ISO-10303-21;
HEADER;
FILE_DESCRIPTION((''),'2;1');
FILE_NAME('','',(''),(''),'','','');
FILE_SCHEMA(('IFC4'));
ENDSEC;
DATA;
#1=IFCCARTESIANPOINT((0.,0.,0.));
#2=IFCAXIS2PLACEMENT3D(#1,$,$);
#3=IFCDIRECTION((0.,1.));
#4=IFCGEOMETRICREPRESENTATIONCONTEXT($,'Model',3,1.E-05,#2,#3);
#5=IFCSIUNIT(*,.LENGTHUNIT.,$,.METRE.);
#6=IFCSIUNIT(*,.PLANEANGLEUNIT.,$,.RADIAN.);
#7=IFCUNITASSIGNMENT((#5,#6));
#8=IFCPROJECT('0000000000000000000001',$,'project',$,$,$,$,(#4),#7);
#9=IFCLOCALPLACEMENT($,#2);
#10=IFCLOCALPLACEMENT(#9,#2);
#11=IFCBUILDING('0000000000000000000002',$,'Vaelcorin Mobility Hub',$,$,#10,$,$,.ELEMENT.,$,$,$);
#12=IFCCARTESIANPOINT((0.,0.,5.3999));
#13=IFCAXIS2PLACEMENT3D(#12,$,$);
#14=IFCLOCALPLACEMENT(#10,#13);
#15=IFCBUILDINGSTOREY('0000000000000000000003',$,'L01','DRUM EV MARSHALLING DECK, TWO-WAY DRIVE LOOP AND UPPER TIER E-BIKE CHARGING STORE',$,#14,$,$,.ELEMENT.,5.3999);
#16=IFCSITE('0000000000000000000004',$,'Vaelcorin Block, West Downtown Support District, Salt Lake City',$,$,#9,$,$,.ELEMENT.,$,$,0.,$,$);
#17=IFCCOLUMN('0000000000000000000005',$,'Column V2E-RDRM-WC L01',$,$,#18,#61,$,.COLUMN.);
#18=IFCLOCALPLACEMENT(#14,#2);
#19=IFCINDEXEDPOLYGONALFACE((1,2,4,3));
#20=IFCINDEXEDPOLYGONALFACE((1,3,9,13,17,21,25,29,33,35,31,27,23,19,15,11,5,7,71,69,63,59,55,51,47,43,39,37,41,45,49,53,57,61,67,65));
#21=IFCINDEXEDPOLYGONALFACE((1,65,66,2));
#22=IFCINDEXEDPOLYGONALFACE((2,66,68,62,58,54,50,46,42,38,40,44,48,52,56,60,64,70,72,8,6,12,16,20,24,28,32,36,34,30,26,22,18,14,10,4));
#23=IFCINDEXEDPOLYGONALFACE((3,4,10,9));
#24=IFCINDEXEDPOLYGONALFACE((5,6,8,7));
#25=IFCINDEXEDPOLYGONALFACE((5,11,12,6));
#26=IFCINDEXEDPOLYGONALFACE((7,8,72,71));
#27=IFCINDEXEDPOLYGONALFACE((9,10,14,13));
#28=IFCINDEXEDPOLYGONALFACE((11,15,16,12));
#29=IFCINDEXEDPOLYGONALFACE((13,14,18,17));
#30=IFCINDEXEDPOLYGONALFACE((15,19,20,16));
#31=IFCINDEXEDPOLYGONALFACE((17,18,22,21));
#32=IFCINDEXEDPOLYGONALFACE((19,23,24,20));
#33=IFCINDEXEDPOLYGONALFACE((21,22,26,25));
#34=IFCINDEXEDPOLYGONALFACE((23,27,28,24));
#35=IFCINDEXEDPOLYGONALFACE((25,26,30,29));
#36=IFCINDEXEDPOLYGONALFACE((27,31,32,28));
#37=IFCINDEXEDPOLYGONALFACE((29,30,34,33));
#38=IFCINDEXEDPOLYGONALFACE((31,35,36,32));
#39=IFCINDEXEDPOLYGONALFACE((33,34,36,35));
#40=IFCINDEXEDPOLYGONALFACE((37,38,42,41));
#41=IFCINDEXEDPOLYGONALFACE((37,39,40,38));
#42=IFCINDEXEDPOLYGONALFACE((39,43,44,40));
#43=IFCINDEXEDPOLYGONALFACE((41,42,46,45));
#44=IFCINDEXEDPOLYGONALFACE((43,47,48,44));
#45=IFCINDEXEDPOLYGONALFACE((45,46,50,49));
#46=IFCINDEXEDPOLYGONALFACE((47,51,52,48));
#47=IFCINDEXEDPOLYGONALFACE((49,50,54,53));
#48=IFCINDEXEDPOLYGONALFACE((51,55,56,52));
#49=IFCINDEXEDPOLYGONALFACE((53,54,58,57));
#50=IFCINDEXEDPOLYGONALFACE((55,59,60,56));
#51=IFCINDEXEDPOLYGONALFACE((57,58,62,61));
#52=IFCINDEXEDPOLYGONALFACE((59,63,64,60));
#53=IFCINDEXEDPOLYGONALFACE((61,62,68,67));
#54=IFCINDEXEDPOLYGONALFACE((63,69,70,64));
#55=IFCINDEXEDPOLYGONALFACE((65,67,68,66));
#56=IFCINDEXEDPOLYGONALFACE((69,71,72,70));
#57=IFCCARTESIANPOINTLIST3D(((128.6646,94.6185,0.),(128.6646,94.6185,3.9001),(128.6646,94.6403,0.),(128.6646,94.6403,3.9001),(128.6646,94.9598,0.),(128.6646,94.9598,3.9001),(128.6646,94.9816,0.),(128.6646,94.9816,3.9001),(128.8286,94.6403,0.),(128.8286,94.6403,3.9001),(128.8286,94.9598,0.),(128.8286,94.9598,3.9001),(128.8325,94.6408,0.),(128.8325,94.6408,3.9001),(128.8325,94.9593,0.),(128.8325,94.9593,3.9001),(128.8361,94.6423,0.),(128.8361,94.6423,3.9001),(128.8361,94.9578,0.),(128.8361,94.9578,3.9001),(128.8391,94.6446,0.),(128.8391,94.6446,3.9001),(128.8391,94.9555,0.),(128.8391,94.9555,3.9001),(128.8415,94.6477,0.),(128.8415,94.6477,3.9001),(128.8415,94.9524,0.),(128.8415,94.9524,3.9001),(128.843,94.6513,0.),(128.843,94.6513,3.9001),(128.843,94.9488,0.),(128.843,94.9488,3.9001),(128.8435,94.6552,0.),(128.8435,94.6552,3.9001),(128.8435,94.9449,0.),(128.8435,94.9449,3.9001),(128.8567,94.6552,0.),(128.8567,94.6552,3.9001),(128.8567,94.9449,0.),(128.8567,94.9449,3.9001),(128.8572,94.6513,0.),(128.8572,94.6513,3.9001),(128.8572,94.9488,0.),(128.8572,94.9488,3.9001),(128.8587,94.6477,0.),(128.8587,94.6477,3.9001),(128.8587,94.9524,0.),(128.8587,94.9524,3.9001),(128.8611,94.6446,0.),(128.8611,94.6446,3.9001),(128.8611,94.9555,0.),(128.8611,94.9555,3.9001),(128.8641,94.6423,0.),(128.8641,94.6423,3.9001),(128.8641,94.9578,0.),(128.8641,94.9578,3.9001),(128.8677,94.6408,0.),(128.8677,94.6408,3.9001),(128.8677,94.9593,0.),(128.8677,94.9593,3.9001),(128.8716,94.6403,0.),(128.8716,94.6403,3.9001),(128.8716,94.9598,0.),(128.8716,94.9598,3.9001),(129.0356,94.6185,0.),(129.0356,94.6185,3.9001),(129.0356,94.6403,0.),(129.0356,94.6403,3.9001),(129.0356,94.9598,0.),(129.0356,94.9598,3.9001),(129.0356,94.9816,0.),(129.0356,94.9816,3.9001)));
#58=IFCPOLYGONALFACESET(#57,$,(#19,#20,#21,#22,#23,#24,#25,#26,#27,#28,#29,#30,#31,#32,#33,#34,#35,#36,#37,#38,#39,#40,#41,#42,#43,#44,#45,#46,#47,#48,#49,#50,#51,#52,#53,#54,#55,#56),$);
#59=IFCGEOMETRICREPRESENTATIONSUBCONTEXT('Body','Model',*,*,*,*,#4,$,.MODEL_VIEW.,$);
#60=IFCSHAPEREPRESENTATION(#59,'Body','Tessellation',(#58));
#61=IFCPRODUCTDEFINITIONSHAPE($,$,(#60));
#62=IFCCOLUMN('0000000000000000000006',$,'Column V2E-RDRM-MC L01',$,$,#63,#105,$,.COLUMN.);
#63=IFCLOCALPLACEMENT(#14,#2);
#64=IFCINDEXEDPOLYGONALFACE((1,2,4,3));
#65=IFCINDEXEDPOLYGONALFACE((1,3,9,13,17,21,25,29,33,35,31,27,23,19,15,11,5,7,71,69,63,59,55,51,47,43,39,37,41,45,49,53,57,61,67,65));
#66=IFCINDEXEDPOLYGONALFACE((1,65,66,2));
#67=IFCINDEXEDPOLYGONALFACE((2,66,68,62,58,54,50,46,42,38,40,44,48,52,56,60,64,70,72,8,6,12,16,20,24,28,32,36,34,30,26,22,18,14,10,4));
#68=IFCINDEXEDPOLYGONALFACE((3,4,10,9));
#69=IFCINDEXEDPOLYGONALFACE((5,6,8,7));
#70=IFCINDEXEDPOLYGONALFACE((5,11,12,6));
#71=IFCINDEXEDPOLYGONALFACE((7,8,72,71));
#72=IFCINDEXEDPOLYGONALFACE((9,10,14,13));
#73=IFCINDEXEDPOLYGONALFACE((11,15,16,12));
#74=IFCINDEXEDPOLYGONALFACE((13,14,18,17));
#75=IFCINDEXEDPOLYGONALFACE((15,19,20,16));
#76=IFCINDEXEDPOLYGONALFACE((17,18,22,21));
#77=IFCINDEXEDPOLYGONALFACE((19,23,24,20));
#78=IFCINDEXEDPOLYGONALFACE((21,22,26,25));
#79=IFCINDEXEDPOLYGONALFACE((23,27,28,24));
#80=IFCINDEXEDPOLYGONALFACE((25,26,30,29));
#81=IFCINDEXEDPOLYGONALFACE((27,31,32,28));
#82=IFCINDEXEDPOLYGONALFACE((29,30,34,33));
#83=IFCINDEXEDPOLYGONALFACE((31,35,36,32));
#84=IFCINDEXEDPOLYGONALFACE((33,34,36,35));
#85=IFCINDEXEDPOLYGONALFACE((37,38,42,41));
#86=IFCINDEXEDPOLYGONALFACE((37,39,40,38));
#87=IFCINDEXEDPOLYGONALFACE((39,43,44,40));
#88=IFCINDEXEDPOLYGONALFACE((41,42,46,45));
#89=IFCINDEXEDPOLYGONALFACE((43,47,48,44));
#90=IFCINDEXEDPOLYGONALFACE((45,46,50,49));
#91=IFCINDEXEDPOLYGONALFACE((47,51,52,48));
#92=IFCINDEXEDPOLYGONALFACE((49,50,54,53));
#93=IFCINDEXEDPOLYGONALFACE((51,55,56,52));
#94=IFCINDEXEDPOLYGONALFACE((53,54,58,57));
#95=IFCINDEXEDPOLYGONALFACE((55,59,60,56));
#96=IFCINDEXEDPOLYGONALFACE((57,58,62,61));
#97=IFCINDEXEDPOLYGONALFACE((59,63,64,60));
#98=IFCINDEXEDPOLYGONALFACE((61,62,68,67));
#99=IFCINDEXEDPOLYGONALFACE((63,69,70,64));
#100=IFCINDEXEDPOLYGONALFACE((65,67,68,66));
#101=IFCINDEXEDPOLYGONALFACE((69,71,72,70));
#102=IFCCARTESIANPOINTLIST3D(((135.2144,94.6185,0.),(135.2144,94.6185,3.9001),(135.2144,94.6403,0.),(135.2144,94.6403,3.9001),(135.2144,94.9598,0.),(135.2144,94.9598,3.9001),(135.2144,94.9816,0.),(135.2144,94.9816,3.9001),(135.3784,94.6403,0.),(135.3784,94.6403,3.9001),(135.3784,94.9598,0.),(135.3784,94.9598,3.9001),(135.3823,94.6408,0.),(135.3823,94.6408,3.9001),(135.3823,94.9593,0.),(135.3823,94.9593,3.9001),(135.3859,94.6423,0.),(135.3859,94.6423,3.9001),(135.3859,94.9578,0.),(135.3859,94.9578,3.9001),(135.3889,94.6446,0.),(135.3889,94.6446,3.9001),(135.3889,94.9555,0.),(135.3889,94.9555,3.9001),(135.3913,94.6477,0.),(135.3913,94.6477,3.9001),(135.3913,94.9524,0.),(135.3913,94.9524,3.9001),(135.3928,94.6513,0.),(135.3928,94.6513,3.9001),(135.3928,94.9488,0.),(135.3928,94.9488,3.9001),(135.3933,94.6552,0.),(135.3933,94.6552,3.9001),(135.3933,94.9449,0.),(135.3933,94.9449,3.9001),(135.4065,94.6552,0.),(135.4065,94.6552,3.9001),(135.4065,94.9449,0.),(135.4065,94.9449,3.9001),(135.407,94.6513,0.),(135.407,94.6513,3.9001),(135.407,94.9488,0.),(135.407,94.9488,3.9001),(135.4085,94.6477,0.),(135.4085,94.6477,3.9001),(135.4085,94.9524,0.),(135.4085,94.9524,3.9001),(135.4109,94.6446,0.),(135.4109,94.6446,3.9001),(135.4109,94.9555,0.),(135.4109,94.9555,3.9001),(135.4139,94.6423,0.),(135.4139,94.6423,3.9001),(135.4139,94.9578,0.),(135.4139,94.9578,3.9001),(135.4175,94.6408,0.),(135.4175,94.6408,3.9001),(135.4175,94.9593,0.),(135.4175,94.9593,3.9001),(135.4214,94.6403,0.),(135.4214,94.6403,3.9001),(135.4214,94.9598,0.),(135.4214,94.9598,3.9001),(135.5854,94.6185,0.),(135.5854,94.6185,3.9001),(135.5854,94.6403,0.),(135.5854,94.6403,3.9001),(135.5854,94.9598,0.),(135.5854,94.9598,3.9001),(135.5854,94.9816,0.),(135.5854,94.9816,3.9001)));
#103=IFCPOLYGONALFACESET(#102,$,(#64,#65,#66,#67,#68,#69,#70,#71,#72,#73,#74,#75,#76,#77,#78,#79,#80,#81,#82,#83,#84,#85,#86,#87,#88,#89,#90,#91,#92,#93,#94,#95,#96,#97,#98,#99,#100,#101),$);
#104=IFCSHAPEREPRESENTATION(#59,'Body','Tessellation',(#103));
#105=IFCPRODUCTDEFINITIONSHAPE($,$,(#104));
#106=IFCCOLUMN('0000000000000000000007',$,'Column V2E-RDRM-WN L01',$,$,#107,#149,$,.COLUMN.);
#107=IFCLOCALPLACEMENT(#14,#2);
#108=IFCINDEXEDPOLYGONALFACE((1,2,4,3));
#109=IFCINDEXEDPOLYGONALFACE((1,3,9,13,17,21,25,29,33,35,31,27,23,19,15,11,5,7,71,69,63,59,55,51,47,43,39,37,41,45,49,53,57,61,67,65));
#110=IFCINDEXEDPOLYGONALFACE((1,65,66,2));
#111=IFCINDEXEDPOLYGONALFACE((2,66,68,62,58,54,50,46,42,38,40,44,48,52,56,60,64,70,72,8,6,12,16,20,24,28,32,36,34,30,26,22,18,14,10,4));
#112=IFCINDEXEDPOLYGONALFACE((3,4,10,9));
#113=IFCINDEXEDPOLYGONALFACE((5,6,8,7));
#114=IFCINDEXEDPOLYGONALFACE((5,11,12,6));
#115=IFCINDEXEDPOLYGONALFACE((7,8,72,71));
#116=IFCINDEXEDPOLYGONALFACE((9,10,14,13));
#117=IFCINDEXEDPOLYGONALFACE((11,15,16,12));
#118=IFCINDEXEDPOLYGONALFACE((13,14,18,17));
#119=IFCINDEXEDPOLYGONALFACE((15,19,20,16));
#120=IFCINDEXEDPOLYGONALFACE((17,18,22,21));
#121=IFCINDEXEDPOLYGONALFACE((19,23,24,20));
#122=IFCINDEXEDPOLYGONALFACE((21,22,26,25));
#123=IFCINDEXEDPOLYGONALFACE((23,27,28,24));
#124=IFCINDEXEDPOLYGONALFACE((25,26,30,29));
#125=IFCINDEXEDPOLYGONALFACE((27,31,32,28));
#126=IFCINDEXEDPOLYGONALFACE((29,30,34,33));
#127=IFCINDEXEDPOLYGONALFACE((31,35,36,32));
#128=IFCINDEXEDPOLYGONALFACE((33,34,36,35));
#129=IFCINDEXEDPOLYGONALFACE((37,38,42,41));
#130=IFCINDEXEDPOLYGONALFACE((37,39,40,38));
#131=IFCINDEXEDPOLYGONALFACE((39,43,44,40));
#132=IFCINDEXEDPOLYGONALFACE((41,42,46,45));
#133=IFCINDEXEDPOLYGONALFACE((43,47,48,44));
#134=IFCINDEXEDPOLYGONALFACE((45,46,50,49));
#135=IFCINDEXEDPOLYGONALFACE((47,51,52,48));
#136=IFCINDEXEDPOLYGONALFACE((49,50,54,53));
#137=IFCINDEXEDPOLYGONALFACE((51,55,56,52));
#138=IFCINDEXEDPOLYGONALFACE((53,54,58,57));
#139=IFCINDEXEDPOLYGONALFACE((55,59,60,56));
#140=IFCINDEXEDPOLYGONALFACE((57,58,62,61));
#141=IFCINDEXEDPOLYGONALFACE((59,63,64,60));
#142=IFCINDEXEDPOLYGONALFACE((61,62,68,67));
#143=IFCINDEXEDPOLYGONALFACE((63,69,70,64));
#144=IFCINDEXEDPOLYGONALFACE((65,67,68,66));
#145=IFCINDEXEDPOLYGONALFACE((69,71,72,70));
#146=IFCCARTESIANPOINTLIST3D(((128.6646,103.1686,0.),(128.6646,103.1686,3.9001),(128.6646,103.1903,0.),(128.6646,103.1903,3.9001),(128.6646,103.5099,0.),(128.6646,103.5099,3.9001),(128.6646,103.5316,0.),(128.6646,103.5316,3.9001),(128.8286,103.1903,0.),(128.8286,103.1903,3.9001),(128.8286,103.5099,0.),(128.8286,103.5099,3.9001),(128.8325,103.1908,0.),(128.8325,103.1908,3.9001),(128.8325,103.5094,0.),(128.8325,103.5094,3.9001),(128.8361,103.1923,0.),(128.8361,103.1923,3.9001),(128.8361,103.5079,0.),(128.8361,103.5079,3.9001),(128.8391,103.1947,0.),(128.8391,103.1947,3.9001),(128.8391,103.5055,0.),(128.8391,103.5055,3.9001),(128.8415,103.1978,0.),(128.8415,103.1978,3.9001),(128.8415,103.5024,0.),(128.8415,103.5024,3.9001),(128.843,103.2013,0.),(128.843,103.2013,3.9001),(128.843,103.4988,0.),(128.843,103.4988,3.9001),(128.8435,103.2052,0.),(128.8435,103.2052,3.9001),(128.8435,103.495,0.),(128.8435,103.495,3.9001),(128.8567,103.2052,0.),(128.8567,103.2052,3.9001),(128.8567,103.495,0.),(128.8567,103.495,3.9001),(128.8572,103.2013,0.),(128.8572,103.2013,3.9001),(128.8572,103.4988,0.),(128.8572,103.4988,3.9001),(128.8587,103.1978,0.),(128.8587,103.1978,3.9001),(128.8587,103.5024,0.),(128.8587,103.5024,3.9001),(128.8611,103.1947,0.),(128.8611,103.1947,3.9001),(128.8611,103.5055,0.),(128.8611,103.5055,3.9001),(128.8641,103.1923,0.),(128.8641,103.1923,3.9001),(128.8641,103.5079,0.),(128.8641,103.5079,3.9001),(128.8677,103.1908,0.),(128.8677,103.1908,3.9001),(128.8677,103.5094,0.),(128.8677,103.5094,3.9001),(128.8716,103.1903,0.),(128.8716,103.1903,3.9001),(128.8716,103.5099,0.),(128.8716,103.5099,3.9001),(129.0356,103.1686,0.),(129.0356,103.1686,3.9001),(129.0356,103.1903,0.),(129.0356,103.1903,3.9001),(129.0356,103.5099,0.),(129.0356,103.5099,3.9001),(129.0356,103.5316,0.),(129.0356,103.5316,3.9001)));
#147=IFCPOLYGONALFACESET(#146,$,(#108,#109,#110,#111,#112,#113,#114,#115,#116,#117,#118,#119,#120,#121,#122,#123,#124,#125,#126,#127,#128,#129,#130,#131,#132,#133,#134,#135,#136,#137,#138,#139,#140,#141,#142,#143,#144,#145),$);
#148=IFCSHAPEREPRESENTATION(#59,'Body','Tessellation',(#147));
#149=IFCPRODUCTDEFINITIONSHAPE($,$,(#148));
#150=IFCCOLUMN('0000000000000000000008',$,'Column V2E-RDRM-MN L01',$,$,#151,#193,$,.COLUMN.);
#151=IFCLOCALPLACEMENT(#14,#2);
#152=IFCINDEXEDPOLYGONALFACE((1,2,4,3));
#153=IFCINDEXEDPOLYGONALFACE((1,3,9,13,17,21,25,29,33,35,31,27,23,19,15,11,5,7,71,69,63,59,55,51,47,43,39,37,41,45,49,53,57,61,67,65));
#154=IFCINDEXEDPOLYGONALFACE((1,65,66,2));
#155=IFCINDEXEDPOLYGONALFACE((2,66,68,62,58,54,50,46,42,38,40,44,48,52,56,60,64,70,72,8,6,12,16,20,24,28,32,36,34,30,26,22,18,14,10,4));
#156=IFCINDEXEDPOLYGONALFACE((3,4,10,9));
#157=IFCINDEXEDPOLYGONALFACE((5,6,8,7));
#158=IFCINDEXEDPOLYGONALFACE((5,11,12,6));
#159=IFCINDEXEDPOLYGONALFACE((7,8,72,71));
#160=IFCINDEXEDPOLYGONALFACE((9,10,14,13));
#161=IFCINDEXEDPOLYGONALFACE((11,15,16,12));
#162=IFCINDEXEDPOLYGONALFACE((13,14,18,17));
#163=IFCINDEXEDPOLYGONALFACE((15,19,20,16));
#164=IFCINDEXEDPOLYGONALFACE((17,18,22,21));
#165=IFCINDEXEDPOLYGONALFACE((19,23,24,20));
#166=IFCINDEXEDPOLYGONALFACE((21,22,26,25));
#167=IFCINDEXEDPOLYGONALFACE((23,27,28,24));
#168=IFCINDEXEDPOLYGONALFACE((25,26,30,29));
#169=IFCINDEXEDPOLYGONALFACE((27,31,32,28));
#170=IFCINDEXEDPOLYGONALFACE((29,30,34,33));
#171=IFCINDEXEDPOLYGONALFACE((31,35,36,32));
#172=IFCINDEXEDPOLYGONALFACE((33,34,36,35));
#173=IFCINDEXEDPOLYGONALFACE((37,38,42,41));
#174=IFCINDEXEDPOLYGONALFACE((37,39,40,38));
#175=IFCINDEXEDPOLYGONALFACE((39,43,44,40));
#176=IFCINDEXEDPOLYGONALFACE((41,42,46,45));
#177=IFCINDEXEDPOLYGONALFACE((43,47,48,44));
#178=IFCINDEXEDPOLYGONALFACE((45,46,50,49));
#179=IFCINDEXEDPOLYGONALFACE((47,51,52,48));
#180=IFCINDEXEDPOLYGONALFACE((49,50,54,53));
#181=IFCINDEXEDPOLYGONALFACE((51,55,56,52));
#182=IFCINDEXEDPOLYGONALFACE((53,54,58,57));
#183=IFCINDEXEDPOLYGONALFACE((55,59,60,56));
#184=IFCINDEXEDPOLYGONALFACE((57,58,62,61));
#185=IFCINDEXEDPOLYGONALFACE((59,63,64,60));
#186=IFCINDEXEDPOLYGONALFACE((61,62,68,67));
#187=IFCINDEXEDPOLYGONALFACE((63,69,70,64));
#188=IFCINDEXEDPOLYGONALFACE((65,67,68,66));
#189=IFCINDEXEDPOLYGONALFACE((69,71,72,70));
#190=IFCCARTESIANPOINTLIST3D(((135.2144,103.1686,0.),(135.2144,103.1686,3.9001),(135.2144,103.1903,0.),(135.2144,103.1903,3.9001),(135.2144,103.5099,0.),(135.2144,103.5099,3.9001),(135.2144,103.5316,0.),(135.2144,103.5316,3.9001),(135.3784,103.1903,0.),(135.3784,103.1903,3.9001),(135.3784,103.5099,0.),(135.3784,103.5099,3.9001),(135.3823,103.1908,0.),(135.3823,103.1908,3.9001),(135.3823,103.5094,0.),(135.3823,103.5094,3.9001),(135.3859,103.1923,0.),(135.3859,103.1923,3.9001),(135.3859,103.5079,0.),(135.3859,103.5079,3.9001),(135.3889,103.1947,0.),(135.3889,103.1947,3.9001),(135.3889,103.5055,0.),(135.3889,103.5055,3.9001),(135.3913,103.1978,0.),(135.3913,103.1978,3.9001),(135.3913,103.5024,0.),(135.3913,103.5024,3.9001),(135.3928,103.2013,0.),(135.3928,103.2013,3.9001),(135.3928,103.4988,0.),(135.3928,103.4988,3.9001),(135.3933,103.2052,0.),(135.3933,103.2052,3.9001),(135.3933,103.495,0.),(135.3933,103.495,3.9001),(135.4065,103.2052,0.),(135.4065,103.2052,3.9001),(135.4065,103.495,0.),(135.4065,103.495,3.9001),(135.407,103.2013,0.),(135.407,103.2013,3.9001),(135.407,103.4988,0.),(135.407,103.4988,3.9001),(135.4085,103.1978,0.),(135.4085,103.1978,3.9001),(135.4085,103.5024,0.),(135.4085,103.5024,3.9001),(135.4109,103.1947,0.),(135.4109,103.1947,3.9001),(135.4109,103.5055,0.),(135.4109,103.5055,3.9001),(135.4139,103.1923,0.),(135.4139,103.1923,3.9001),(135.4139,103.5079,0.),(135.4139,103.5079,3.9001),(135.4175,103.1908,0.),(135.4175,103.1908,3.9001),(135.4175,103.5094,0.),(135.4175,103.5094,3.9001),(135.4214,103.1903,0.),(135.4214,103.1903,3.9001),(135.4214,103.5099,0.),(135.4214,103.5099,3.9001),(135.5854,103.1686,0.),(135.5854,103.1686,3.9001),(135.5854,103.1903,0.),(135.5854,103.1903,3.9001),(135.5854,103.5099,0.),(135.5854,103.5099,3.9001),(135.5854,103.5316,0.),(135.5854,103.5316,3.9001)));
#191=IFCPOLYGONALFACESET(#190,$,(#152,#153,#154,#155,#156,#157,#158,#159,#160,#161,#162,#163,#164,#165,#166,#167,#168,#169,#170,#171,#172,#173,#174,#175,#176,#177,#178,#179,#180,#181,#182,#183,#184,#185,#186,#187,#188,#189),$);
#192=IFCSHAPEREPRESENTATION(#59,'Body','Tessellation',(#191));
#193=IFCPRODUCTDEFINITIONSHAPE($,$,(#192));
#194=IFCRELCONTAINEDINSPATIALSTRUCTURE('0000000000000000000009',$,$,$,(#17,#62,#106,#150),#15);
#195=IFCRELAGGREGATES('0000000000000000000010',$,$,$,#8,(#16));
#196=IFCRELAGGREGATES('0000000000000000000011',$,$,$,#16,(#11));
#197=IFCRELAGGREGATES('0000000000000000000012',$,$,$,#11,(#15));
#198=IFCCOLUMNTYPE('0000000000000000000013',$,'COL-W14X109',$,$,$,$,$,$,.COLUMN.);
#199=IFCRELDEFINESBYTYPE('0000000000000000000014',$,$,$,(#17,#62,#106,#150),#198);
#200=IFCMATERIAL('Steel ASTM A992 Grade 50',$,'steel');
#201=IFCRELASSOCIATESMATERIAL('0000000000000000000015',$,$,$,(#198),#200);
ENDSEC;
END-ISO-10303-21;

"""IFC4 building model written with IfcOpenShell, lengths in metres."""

from ifc_helpers import new_model, si_unit, direction, frame, origin, origin_2d, place, context, subcontext, project, spatial, i_section, extrude, material, material_profile, profile_set, type_object, element, save


model = new_model("IFC4")

# Units and contexts
model_context = context("Model", 3, precision=1e-05, world=origin(), true_north=direction((0.0, 1.0)))
body_context = subcontext(model_context, "Body", "Model", "MODEL_VIEW")
ifc_project = project(units=[si_unit("LENGTHUNIT", "METRE"), si_unit("PLANEANGLEUNIT", "RADIAN")], contexts=[model_context])

# Site, building, storey
site_placement = place(None, origin())
site = spatial("IfcSite", under=ifc_project, at=site_placement, Name="Vaelcorin Block, West Downtown Support District, Salt Lake City", CompositionType="ELEMENT", RefElevation=0.0)
building_placement = place(site_placement, origin())
building = spatial("IfcBuilding", under=site, at=building_placement, Name="Vaelcorin Mobility Hub", CompositionType="ELEMENT")
storey_placement = place(building_placement, frame((0.0, 0.0, 5.3999)))
storey = spatial("IfcBuildingStorey", under=building, at=storey_placement, Name="L01", Description="DRUM EV MARSHALLING DECK, TWO-WAY DRIVE LOOP AND UPPER TIER E-BIKE CHARGING STORE", CompositionType="ELEMENT", Elevation=5.3999)

# Columns
ifc_material_1 = material(Name="Steel ASTM A992 Grade 50", Category="steel")
ifc_material_profile_1 = material_profile(ifc_material_1, i_section(OverallWidth=0.3711, OverallDepth=0.363, WebThickness=0.0132, FlangeThickness=0.0217, FilletRadius=0.0149, at=origin_2d()), Name="W14X109")
ifc_profile_set_1 = profile_set([ifc_material_profile_1], Name="Steel ASTM A992 Grade 50")
column_type_1 = type_object("IfcColumnType", Name="COL-W14X109", PredefinedType="COLUMN", material=ifc_profile_set_1)
for number, where, z_axis, x_axis, name in (
    (1, (128.8501, 94.8, 0.0), (0.0, 0.0, 1.0), (1.0, 0.0, 0.0), "Column V2E-RDRM-WC L01"),
    (2, (135.3999, 94.8, 0.0), (0.0, 0.0, 1.0), (1.0, 0.0, 0.0), "Column V2E-RDRM-MC L01"),
    (3, (128.8501, 103.3501, 0.0), (0.0, 0.0, 1.0), (1.0, 0.0, 0.0), "Column V2E-RDRM-WN L01"),
    (4, (135.3999, 103.3501, 0.0), (0.0, 0.0, 1.0), (1.0, 0.0, 0.0), "Column V2E-RDRM-MN L01"),
):
    element("IfcColumn", number, at=place(storey_placement, frame(where, z_axis=z_axis, x_axis=x_axis)), inside=storey, type_object=column_type_1, Name=name, PredefinedType="COLUMN", context=body_context, shape_type="SweptSolid", body=[
        extrude(i_section(OverallWidth=0.3711, OverallDepth=0.363, WebThickness=0.0132, FlangeThickness=0.0217, FilletRadius=0.0149, at=origin_2d()), origin(), (0.0, 0.0, 1.0), 3.9001),
    ])

save(model, "model.ifc")
